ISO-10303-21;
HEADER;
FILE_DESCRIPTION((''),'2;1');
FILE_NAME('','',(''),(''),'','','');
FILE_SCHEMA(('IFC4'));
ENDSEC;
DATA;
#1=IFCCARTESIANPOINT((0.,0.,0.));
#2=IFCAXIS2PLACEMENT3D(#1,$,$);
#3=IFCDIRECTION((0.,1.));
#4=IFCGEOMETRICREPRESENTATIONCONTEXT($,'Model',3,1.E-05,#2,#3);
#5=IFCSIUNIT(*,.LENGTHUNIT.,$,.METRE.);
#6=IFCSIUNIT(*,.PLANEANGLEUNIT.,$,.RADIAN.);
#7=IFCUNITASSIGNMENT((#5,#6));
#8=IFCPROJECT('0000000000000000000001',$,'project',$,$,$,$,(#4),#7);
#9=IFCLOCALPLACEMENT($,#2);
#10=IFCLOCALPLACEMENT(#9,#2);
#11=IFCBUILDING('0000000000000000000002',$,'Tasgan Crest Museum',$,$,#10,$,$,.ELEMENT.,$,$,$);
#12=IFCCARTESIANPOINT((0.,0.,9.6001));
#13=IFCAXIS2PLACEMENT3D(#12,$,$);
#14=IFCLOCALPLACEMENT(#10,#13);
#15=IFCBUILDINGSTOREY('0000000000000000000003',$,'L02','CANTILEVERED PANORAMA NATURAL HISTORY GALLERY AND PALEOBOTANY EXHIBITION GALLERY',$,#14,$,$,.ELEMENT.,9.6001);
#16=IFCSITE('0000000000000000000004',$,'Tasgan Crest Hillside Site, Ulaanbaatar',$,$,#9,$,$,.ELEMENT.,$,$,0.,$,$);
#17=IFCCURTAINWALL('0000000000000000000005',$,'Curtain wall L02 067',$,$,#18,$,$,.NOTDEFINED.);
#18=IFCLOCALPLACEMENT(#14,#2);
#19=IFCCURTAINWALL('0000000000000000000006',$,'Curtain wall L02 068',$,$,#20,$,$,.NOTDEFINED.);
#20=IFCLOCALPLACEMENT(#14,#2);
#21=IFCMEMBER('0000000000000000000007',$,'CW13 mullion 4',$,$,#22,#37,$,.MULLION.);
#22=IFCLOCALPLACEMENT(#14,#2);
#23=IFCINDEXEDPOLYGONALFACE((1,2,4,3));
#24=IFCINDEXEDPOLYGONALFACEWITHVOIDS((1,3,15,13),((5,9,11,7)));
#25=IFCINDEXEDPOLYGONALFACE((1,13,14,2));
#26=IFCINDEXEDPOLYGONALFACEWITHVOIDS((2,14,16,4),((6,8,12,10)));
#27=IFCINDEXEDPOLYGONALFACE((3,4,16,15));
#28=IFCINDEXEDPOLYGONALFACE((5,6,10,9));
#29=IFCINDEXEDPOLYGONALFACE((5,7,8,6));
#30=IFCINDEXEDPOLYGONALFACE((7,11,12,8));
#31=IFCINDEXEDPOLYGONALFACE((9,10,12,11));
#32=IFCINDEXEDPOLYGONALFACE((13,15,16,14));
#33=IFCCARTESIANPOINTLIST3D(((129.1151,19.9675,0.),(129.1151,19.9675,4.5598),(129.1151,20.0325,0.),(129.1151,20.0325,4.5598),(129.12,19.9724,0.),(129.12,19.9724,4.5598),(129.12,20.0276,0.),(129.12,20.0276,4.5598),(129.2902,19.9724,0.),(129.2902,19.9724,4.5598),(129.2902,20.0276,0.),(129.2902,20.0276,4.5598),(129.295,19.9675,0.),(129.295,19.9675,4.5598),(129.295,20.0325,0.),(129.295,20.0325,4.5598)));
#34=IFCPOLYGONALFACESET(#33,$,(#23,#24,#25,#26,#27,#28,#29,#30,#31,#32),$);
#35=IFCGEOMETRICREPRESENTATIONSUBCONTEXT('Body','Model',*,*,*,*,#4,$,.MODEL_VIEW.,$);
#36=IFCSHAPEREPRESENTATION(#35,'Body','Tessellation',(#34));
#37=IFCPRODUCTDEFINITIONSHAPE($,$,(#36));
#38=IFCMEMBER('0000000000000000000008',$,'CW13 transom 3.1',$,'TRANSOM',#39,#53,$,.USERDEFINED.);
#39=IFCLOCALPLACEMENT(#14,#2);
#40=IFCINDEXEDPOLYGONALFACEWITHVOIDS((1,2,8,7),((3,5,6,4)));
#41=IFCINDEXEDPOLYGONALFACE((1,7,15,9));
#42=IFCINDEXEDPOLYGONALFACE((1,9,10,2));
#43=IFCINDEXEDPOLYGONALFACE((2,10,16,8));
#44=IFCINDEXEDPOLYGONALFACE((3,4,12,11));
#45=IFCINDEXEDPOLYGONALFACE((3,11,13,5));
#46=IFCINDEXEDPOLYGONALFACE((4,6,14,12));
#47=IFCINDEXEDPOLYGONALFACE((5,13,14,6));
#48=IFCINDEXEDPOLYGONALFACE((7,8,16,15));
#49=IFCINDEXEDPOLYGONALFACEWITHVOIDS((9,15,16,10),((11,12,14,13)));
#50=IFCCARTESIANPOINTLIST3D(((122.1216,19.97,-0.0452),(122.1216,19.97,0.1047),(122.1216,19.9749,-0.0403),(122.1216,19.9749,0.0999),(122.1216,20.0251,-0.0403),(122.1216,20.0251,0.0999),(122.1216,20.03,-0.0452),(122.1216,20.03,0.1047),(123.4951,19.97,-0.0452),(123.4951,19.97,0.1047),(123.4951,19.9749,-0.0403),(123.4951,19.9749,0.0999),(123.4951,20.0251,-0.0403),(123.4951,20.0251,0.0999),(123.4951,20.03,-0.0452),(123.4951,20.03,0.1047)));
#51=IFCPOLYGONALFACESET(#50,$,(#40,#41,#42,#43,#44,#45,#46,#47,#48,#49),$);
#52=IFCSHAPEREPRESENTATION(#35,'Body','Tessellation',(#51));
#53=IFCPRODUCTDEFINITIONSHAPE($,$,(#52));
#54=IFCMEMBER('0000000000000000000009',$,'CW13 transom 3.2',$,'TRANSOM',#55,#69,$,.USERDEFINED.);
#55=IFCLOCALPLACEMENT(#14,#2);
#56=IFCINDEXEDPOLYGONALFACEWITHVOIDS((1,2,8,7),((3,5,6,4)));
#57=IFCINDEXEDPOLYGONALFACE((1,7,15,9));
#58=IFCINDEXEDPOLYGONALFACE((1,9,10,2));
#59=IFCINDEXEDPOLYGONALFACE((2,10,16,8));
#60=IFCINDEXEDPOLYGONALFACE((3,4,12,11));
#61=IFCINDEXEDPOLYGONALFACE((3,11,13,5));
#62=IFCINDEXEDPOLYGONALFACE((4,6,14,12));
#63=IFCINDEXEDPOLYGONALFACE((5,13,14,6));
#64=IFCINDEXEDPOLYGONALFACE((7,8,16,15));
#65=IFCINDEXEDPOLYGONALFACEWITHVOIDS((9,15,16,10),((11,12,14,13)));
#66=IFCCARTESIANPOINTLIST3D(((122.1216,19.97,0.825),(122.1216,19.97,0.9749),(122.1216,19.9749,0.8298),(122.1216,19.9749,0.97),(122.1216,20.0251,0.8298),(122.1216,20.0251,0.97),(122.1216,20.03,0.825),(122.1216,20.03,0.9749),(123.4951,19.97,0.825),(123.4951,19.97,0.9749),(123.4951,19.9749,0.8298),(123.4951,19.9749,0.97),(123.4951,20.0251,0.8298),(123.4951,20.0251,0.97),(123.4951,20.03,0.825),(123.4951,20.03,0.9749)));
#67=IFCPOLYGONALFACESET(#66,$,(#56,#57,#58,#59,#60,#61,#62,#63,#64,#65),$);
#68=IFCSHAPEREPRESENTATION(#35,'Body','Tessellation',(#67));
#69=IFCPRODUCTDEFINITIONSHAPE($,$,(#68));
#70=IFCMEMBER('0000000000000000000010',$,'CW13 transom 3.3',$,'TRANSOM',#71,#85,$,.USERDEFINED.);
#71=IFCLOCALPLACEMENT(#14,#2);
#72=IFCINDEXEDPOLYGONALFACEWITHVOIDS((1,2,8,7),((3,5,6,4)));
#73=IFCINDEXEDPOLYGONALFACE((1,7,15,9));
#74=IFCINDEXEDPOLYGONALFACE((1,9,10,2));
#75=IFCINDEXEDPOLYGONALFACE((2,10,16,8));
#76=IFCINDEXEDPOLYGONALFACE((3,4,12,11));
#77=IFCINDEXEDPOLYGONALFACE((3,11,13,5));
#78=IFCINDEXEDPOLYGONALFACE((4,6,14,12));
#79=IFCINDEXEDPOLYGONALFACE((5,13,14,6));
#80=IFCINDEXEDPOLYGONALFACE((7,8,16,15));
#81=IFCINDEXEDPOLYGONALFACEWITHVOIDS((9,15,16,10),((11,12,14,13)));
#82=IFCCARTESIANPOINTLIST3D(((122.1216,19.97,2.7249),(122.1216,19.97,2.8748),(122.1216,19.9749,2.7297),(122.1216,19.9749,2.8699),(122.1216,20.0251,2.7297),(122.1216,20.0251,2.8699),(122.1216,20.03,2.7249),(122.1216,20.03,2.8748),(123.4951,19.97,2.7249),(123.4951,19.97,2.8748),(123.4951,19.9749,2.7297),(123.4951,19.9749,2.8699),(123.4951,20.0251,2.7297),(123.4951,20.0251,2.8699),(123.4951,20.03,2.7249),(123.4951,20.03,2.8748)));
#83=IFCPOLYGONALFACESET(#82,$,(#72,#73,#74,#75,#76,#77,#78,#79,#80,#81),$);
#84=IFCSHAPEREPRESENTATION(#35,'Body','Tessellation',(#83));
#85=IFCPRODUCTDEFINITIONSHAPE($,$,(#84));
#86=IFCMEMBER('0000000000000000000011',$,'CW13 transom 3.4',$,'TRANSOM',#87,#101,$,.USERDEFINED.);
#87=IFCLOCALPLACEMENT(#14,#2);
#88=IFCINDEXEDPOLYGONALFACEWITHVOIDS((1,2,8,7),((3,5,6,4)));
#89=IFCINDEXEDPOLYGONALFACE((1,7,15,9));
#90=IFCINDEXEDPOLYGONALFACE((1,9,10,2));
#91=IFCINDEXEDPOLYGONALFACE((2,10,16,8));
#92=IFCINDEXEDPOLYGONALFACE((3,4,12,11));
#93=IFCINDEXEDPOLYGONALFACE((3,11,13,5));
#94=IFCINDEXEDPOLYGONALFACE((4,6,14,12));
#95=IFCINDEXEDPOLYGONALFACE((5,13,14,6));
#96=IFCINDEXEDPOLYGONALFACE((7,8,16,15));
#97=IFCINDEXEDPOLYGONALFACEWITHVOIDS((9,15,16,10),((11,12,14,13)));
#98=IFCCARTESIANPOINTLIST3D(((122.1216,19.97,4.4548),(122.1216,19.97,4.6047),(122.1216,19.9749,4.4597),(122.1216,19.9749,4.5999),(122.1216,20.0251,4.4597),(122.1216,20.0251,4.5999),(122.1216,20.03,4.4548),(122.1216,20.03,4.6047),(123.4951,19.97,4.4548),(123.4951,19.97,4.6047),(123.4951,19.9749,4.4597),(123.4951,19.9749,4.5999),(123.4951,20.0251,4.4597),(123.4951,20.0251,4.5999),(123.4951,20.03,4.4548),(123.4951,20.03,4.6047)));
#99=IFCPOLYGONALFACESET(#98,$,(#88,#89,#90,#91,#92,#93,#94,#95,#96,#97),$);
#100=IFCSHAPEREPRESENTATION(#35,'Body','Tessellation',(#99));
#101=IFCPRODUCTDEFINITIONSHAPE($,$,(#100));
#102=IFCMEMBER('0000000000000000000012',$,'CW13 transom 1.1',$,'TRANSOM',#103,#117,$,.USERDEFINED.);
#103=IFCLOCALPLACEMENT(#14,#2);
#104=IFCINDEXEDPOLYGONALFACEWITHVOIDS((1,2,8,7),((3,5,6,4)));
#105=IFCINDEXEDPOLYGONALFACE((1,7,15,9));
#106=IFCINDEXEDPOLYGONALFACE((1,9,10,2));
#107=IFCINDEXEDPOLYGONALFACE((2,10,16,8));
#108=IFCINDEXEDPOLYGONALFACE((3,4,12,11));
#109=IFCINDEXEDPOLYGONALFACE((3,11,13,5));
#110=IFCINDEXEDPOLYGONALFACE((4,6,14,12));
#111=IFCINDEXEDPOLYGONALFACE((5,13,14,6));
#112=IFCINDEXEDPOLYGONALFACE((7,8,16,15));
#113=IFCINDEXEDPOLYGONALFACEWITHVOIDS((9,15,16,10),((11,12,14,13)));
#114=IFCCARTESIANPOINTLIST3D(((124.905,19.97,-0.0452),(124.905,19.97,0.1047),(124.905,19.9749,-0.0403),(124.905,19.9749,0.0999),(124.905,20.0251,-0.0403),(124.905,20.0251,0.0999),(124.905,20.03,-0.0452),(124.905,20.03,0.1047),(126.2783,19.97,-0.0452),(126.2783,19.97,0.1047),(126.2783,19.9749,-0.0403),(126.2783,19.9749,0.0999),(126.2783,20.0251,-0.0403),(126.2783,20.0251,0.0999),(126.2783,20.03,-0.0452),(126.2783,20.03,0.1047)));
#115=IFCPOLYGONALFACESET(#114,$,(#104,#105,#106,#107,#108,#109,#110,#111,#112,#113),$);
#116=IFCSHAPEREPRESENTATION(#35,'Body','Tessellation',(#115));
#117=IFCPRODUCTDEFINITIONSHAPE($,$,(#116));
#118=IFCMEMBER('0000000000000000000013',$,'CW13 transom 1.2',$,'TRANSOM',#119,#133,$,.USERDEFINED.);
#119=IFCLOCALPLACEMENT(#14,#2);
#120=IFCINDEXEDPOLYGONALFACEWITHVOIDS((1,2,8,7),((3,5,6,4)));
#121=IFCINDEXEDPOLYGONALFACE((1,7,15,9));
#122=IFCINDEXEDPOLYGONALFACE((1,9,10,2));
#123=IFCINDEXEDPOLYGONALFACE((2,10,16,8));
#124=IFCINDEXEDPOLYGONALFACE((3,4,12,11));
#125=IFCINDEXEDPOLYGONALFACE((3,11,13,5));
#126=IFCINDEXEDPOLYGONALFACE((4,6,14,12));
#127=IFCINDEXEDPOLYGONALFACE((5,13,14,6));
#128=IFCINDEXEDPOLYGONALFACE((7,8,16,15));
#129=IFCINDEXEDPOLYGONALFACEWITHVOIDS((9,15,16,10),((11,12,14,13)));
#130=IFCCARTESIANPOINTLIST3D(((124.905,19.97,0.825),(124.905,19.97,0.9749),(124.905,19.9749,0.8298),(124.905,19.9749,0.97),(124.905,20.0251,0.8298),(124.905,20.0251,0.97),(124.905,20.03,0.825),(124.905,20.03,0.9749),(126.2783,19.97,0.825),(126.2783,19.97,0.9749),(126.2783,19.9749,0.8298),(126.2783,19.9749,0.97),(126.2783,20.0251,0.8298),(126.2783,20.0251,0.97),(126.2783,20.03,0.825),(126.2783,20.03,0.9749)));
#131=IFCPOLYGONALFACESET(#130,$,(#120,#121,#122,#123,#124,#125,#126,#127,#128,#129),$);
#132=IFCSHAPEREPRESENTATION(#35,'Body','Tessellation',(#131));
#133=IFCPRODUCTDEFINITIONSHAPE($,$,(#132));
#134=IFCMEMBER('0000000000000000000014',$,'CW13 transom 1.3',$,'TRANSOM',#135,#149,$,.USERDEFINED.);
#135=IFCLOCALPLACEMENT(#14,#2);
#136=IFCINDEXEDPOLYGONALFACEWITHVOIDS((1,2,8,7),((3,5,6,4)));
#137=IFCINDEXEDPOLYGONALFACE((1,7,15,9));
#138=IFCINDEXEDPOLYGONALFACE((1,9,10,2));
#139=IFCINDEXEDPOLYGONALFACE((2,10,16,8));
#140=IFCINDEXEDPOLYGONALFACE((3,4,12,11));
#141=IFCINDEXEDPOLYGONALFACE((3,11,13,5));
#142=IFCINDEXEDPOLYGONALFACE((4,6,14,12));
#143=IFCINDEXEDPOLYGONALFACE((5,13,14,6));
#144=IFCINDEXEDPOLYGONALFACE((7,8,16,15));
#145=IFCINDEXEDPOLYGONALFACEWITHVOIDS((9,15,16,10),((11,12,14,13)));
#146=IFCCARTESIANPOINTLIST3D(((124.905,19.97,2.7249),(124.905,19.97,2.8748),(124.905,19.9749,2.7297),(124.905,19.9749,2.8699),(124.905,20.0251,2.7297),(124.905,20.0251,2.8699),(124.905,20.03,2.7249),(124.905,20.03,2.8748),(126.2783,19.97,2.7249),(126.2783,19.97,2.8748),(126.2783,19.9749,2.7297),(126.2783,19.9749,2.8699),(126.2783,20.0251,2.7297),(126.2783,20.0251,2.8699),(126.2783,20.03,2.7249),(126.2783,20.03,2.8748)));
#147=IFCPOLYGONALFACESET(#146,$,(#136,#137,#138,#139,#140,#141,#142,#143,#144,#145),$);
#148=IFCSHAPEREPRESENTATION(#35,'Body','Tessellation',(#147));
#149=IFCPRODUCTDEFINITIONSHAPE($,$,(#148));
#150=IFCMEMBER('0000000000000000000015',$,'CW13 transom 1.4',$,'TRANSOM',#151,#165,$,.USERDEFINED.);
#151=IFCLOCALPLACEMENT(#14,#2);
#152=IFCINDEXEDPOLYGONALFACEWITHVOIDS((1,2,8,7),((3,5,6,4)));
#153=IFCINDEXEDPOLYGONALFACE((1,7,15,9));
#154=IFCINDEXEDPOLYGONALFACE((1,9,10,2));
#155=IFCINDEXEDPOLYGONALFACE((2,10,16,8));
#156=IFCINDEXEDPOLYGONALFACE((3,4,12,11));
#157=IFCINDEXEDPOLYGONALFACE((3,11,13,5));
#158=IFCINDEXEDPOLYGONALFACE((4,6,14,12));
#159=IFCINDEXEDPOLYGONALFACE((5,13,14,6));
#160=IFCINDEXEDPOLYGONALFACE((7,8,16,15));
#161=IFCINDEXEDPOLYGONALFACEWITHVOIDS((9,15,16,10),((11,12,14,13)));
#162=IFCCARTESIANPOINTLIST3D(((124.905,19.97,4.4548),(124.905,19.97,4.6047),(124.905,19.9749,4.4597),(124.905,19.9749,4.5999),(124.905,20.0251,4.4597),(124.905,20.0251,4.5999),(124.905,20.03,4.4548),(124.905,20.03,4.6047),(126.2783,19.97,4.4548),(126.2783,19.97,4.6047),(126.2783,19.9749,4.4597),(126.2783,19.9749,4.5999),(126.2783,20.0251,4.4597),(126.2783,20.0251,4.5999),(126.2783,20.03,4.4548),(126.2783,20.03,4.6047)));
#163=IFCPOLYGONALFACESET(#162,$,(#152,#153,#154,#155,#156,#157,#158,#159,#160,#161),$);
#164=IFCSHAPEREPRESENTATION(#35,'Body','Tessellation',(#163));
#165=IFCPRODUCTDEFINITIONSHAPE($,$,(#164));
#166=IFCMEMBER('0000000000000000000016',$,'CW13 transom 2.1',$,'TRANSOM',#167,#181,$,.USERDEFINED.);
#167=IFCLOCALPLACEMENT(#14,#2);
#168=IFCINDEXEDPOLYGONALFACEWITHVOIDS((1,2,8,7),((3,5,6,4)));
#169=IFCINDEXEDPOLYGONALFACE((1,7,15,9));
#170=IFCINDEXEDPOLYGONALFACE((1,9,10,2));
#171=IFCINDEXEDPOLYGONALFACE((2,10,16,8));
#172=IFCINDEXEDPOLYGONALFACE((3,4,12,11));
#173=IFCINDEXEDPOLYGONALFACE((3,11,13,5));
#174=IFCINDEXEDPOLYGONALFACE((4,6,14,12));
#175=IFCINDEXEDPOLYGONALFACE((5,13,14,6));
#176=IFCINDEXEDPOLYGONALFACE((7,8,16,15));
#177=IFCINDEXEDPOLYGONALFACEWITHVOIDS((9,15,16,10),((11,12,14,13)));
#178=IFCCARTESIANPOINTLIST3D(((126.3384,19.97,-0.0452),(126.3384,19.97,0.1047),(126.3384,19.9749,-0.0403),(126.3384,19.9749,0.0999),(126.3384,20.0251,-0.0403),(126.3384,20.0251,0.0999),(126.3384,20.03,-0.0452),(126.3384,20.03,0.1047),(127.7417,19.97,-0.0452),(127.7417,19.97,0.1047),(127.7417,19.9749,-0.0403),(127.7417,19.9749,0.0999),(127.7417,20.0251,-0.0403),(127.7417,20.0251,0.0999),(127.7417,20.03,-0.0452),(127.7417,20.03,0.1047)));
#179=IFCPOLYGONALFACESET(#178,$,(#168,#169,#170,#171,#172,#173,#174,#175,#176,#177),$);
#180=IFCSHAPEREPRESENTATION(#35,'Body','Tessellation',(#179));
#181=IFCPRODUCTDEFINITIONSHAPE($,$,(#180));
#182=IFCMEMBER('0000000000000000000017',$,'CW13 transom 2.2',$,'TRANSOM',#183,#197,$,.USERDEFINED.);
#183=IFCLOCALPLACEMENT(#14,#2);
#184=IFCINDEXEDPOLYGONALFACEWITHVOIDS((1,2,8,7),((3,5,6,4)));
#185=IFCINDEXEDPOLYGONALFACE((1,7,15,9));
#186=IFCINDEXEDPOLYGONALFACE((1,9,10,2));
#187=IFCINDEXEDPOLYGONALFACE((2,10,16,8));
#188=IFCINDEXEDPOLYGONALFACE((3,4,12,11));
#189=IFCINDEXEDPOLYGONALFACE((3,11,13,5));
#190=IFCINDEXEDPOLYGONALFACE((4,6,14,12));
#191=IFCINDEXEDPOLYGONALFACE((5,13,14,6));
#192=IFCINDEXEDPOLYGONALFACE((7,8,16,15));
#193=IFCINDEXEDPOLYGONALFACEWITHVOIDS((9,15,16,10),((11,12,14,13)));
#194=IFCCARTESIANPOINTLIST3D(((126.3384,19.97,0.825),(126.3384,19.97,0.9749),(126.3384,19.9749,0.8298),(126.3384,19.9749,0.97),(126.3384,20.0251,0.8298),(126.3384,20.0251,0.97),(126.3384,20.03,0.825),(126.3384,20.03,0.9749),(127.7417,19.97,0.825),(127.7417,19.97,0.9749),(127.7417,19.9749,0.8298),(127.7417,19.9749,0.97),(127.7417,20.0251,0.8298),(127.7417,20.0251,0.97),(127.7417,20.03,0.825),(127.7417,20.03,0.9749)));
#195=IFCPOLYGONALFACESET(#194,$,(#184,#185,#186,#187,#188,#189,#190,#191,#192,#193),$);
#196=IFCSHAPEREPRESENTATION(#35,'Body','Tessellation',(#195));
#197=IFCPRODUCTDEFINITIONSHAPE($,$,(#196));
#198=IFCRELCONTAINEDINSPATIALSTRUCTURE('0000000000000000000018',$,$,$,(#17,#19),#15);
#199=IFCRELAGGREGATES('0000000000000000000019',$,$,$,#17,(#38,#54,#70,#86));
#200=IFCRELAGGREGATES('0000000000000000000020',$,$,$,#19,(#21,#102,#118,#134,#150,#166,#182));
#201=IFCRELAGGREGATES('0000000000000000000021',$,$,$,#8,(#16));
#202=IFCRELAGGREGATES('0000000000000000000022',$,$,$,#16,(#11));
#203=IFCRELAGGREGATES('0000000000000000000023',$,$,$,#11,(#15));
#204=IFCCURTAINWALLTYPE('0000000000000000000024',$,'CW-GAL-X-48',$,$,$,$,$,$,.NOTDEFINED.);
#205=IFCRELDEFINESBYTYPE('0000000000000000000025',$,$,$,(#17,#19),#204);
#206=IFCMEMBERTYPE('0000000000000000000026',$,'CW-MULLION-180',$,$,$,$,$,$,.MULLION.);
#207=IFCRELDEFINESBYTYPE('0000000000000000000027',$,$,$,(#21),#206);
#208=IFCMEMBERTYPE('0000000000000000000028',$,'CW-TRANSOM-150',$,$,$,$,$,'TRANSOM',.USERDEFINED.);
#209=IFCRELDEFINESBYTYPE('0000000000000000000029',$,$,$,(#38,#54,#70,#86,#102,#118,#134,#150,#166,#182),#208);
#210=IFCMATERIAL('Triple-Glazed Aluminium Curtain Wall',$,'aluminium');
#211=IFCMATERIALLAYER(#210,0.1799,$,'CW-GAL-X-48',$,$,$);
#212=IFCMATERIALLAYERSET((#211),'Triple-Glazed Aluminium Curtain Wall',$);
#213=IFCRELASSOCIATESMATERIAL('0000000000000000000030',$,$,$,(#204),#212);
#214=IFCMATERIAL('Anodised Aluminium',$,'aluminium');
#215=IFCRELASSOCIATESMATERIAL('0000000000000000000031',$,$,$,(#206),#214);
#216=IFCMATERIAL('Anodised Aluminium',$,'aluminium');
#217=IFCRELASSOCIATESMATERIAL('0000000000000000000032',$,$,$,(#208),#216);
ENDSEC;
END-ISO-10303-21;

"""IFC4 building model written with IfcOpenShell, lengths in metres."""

from ifc_helpers import new_model, si_unit, direction, frame, origin, origin_2d, place, context, subcontext, project, spatial, hollow_rectangle, extrude, material, layer, layer_set, material_profile, profile_set, type_object, element, aggregate, save


model = new_model("IFC4")

# Units and contexts
model_context = context("Model", 3, precision=1e-05, world=origin(), true_north=direction((0.0, 1.0)))
body_context = subcontext(model_context, "Body", "Model", "MODEL_VIEW")
ifc_project = project(units=[si_unit("LENGTHUNIT", "METRE"), si_unit("PLANEANGLEUNIT", "RADIAN")], contexts=[model_context])

# Site, building, storey
site_placement = place(None, origin())
site = spatial("IfcSite", under=ifc_project, at=site_placement, Name="Tasgan Crest Hillside Site, Ulaanbaatar", CompositionType="ELEMENT", RefElevation=0.0)
building_placement = place(site_placement, origin())
building = spatial("IfcBuilding", under=site, at=building_placement, Name="Tasgan Crest Museum", CompositionType="ELEMENT")
storey_placement = place(building_placement, frame((0.0, 0.0, 9.6001)))
storey = spatial("IfcBuildingStorey", under=building, at=storey_placement, Name="L02", Description="CANTILEVERED PANORAMA NATURAL HISTORY GALLERY AND PALEOBOTANY EXHIBITION GALLERY", CompositionType="ELEMENT", Elevation=9.6001)

# Curtain walls, member
ifc_material_1 = material(Name="Triple-Glazed Aluminium Curtain Wall", Category="aluminium")
ifc_layer_1 = layer(ifc_material_1, 0.1799, Name="CW-GAL-X-48")
ifc_layer_set_1 = layer_set([ifc_layer_1], Name="Triple-Glazed Aluminium Curtain Wall")
curtain_wall_type = type_object("IfcCurtainWallType", Name="CW-GAL-X-48", PredefinedType="NOTDEFINED", material=ifc_layer_set_1)
curtain_wall_1_placement = place(storey_placement, origin())
curtain_wall_1 = element("IfcCurtainWall", 1, at=curtain_wall_1_placement, inside=storey, type_object=curtain_wall_type, Name="Curtain wall L02 067", PredefinedType="NOTDEFINED")
ifc_material_2 = material(Name="Anodised Aluminium", Category="aluminium")
ifc_material_profile_1 = material_profile(ifc_material_2, hollow_rectangle(XDim=0.0649, YDim=0.1799, WallThickness=0.0049, at=origin_2d()), Name="ALU MULLION 180x65x5")
ifc_profile_set_1 = profile_set([ifc_material_profile_1], Name="Anodised Aluminium")
member_type_1 = type_object("IfcMemberType", Name="CW-MULLION-180", PredefinedType="MULLION", material=ifc_profile_set_1)
curtain_wall_2_placement = place(storey_placement, origin())
curtain_wall_2 = element("IfcCurtainWall", 2, at=curtain_wall_2_placement, inside=storey, type_object=curtain_wall_type, Name="Curtain wall L02 068", PredefinedType="NOTDEFINED")
member_1_placement = place(storey_placement, frame((129.2051, 20.0, 0.0), z_axis=(0.0, 0.0, 1.0), x_axis=(0.0, 1.0, 0.0)))
member_1 = element("IfcMember", 3, at=member_1_placement, type_object=member_type_1, Name="CW13 mullion 4", PredefinedType="MULLION", context=body_context, shape_type="SweptSolid", body=[
    extrude(hollow_rectangle(XDim=0.0649, YDim=0.1799, WallThickness=0.0049, at=origin_2d()), origin(), (0.0, 0.0, 1.0), 4.5598),
])

# Members
ifc_material_3 = material(Name="Anodised Aluminium", Category="aluminium")
ifc_material_profile_2 = material_profile(ifc_material_3, hollow_rectangle(XDim=0.0601, YDim=0.1499, WallThickness=0.0049, at=origin_2d()), Name="ALU TRANSOM 150x60x5")
ifc_profile_set_2 = profile_set([ifc_material_profile_2], Name="Anodised Aluminium")
member_type_2 = type_object("IfcMemberType", Name="CW-TRANSOM-150", ElementType="TRANSOM", PredefinedType="USERDEFINED", material=ifc_profile_set_2)
member_2_placement = place(storey_placement, frame((122.1216, 20.0, 0.0298), z_axis=(1.0, 0.0, 0.0), x_axis=(0.0, 1.0, 0.0)))
member_2 = element("IfcMember", 4, at=member_2_placement, type_object=member_type_2, Name="CW13 transom 3.1", ObjectType="TRANSOM", PredefinedType="USERDEFINED", context=body_context, shape_type="SweptSolid", body=[
    extrude(hollow_rectangle(XDim=0.0601, YDim=0.1499, WallThickness=0.0049, at=origin_2d()), origin(), (0.0, 0.0, 1.0), 1.3735),
])
member_3_placement = place(storey_placement, frame((122.1216, 20.0, 0.8999), z_axis=(1.0, 0.0, 0.0), x_axis=(0.0, 1.0, 0.0)))
member_3 = element("IfcMember", 5, at=member_3_placement, type_object=member_type_2, Name="CW13 transom 3.2", ObjectType="TRANSOM", PredefinedType="USERDEFINED", context=body_context, shape_type="SweptSolid", body=[
    extrude(hollow_rectangle(XDim=0.0601, YDim=0.1499, WallThickness=0.0049, at=origin_2d()), origin(), (0.0, 0.0, 1.0), 1.3735),
])
member_4_placement = place(storey_placement, frame((122.1216, 20.0, 2.7998), z_axis=(1.0, 0.0, 0.0), x_axis=(0.0, 1.0, 0.0)))
member_4 = element("IfcMember", 6, at=member_4_placement, type_object=member_type_2, Name="CW13 transom 3.3", ObjectType="TRANSOM", PredefinedType="USERDEFINED", context=body_context, shape_type="SweptSolid", body=[
    extrude(hollow_rectangle(XDim=0.0601, YDim=0.1499, WallThickness=0.0049, at=origin_2d()), origin(), (0.0, 0.0, 1.0), 1.3735),
])
member_5_placement = place(storey_placement, frame((122.1216, 20.0, 4.5298), z_axis=(1.0, 0.0, 0.0), x_axis=(0.0, 1.0, 0.0)))
member_5 = element("IfcMember", 7, at=member_5_placement, type_object=member_type_2, Name="CW13 transom 3.4", ObjectType="TRANSOM", PredefinedType="USERDEFINED", context=body_context, shape_type="SweptSolid", body=[
    extrude(hollow_rectangle(XDim=0.0601, YDim=0.1499, WallThickness=0.0049, at=origin_2d()), origin(), (0.0, 0.0, 1.0), 1.3735),
])
member_6_placement = place(storey_placement, frame((124.905, 20.0, 0.0298), z_axis=(1.0, 0.0, 0.0), x_axis=(0.0, 1.0, 0.0)))
member_6 = element("IfcMember", 8, at=member_6_placement, type_object=member_type_2, Name="CW13 transom 1.1", ObjectType="TRANSOM", PredefinedType="USERDEFINED", context=body_context, shape_type="SweptSolid", body=[
    extrude(hollow_rectangle(XDim=0.0601, YDim=0.1499, WallThickness=0.0049, at=origin_2d()), origin(), (0.0, 0.0, 1.0), 1.3733),
])
member_7_placement = place(storey_placement, frame((124.905, 20.0, 0.8999), z_axis=(1.0, 0.0, 0.0), x_axis=(0.0, 1.0, 0.0)))
member_7 = element("IfcMember", 9, at=member_7_placement, type_object=member_type_2, Name="CW13 transom 1.2", ObjectType="TRANSOM", PredefinedType="USERDEFINED", context=body_context, shape_type="SweptSolid", body=[
    extrude(hollow_rectangle(XDim=0.0601, YDim=0.1499, WallThickness=0.0049, at=origin_2d()), origin(), (0.0, 0.0, 1.0), 1.3733),
])
member_8_placement = place(storey_placement, frame((124.905, 20.0, 2.7998), z_axis=(1.0, 0.0, 0.0), x_axis=(0.0, 1.0, 0.0)))
member_8 = element("IfcMember", 10, at=member_8_placement, type_object=member_type_2, Name="CW13 transom 1.3", ObjectType="TRANSOM", PredefinedType="USERDEFINED", context=body_context, shape_type="SweptSolid", body=[
    extrude(hollow_rectangle(XDim=0.0601, YDim=0.1499, WallThickness=0.0049, at=origin_2d()), origin(), (0.0, 0.0, 1.0), 1.3733),
])
member_9_placement = place(storey_placement, frame((124.905, 20.0, 4.5298), z_axis=(1.0, 0.0, 0.0), x_axis=(0.0, 1.0, 0.0)))
member_9 = element("IfcMember", 11, at=member_9_placement, type_object=member_type_2, Name="CW13 transom 1.4", ObjectType="TRANSOM", PredefinedType="USERDEFINED", context=body_context, shape_type="SweptSolid", body=[
    extrude(hollow_rectangle(XDim=0.0601, YDim=0.1499, WallThickness=0.0049, at=origin_2d()), origin(), (0.0, 0.0, 1.0), 1.3733),
])
member_10_placement = place(storey_placement, frame((126.3384, 20.0, 0.0298), z_axis=(1.0, 0.0, 0.0), x_axis=(0.0, 1.0, 0.0)))
member_10 = element("IfcMember", 12, at=member_10_placement, type_object=member_type_2, Name="CW13 transom 2.1", ObjectType="TRANSOM", PredefinedType="USERDEFINED", context=body_context, shape_type="SweptSolid", body=[
    extrude(hollow_rectangle(XDim=0.0601, YDim=0.1499, WallThickness=0.0049, at=origin_2d()), origin(), (0.0, 0.0, 1.0), 1.4033),
])
member_11_placement = place(storey_placement, frame((126.3384, 20.0, 0.8999), z_axis=(1.0, 0.0, 0.0), x_axis=(0.0, 1.0, 0.0)))
member_11 = element("IfcMember", 13, at=member_11_placement, type_object=member_type_2, Name="CW13 transom 2.2", ObjectType="TRANSOM", PredefinedType="USERDEFINED", context=body_context, shape_type="SweptSolid", body=[
    extrude(hollow_rectangle(XDim=0.0601, YDim=0.1499, WallThickness=0.0049, at=origin_2d()), origin(), (0.0, 0.0, 1.0), 1.4033),
])

aggregate(curtain_wall_1, [member_2, member_3, member_4, member_5])
aggregate(curtain_wall_2, [member_1, member_6, member_7, member_8, member_9, member_10, member_11])

save(model, "model.ifc")
